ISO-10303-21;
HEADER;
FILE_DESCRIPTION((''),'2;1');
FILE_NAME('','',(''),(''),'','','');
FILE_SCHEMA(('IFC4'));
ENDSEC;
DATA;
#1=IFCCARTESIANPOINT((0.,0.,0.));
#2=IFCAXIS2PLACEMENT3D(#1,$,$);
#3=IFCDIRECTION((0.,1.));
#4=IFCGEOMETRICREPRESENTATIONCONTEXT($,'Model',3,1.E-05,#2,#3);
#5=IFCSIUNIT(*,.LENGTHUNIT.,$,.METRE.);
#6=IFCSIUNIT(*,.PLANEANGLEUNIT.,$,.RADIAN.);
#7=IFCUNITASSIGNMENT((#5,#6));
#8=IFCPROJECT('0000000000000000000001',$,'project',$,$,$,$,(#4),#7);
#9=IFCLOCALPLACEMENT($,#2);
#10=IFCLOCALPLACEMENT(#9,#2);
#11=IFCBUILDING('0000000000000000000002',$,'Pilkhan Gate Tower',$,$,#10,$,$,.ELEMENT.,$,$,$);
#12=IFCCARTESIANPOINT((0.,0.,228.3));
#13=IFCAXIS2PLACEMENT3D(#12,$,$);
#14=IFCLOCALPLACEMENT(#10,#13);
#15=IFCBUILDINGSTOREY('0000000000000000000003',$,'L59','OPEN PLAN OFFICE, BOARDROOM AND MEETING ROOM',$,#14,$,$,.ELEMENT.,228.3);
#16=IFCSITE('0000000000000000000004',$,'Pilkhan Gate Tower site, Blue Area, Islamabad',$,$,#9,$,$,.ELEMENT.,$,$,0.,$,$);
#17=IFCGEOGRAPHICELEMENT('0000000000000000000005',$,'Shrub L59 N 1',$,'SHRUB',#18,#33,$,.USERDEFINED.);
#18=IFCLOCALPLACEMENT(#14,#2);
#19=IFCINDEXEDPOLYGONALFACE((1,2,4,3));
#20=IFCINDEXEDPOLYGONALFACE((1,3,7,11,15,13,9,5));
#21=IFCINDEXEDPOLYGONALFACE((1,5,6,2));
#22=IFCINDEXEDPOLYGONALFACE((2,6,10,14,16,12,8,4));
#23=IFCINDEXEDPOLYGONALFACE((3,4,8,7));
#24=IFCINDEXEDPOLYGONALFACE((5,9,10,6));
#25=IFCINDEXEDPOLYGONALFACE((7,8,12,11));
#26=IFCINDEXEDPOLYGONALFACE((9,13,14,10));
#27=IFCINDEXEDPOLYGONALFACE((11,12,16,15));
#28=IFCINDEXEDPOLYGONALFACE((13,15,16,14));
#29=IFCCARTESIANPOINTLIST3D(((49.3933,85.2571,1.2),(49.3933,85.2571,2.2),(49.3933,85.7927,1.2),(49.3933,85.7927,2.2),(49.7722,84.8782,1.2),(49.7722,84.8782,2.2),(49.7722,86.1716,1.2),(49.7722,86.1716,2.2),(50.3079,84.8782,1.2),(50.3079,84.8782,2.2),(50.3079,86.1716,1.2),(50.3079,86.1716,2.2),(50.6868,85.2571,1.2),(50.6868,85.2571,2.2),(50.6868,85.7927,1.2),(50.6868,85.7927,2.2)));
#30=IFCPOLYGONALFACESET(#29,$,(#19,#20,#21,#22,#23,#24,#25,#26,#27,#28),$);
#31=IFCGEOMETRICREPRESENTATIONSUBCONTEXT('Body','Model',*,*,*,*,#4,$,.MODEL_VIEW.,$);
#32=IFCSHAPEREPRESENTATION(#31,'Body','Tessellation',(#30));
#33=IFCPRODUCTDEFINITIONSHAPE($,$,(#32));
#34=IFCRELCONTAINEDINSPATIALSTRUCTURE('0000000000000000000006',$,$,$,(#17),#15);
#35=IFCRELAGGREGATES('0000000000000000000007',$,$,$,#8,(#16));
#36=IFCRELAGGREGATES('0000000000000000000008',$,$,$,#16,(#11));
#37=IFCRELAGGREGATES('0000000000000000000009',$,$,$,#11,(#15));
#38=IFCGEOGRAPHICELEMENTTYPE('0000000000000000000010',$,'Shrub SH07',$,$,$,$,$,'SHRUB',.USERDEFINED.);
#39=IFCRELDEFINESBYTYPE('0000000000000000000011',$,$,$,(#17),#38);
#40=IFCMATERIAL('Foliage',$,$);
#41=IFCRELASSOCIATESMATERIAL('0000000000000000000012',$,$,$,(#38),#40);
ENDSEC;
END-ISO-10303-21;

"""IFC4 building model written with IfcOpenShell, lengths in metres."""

from ifc_helpers import new_model, si_unit, direction, frame, origin, place, context, subcontext, project, spatial, polyline, outline, extrude, material, material_profile, profile_set, type_object, element, save


model = new_model("IFC4")

# Units and contexts
model_context = context("Model", 3, precision=1e-05, world=origin(), true_north=direction((0.0, 1.0)))
body_context = subcontext(model_context, "Body", "Model", "MODEL_VIEW")
ifc_project = project(units=[si_unit("LENGTHUNIT", "METRE"), si_unit("PLANEANGLEUNIT", "RADIAN")], contexts=[model_context])

# Site, building, storey
site_placement = place(None, origin())
site = spatial("IfcSite", under=ifc_project, at=site_placement, Name="Pilkhan Gate Tower site, Blue Area, Islamabad", CompositionType="ELEMENT", RefElevation=0.0)
building_placement = place(site_placement, origin())
building = spatial("IfcBuilding", under=site, at=building_placement, Name="Pilkhan Gate Tower", CompositionType="ELEMENT")
storey_placement = place(building_placement, frame((0.0, 0.0, 228.3)))
storey = spatial("IfcBuildingStorey", under=building, at=storey_placement, Name="L59", Description="OPEN PLAN OFFICE, BOARDROOM AND MEETING ROOM", CompositionType="ELEMENT", Elevation=228.3)

# Geographic element
ifc_material_1 = material(Name="Foliage")
ifc_material_profile_1 = material_profile(ifc_material_1, outline(polyline([(0.6467, 0.2678), (0.2678, 0.6467), (-0.2678, 0.6467), (-0.6467, 0.2678), (-0.6467, -0.2678), (-0.2678, -0.6467), (0.2678, -0.6467), (0.6467, -0.2678), (0.6467, 0.2678)])), Name="Shrub D1.4")
ifc_profile_set_1 = profile_set([ifc_material_profile_1], Name="Foliage")
geographic_element_type_1 = type_object("IfcGeographicElementType", Name="Shrub SH07", ElementType="SHRUB", PredefinedType="USERDEFINED", material=ifc_profile_set_1)
for number, where, z_axis, x_axis, name in (
    (1, (50.04, 85.5249, 1.2), (0.0, 0.0, 1.0), (1.0, 0.0, 0.0), "Shrub L59 N 1"),
):
    element("IfcGeographicElement", number, at=place(storey_placement, frame(where, z_axis=z_axis, x_axis=x_axis)), inside=storey, type_object=geographic_element_type_1, Name=name, ObjectType="SHRUB", PredefinedType="USERDEFINED", context=body_context, shape_type="SweptSolid", body=[
        extrude(outline(polyline([(0.6467, 0.2678), (0.2678, 0.6467), (-0.2678, 0.6467), (-0.6467, 0.2678), (-0.6467, -0.2678), (-0.2678, -0.6467), (0.2678, -0.6467), (0.6467, -0.2678), (0.6467, 0.2678)])), origin(), (0.0, 0.0, 1.0), 1.0),
    ])

save(model, "model.ifc")
